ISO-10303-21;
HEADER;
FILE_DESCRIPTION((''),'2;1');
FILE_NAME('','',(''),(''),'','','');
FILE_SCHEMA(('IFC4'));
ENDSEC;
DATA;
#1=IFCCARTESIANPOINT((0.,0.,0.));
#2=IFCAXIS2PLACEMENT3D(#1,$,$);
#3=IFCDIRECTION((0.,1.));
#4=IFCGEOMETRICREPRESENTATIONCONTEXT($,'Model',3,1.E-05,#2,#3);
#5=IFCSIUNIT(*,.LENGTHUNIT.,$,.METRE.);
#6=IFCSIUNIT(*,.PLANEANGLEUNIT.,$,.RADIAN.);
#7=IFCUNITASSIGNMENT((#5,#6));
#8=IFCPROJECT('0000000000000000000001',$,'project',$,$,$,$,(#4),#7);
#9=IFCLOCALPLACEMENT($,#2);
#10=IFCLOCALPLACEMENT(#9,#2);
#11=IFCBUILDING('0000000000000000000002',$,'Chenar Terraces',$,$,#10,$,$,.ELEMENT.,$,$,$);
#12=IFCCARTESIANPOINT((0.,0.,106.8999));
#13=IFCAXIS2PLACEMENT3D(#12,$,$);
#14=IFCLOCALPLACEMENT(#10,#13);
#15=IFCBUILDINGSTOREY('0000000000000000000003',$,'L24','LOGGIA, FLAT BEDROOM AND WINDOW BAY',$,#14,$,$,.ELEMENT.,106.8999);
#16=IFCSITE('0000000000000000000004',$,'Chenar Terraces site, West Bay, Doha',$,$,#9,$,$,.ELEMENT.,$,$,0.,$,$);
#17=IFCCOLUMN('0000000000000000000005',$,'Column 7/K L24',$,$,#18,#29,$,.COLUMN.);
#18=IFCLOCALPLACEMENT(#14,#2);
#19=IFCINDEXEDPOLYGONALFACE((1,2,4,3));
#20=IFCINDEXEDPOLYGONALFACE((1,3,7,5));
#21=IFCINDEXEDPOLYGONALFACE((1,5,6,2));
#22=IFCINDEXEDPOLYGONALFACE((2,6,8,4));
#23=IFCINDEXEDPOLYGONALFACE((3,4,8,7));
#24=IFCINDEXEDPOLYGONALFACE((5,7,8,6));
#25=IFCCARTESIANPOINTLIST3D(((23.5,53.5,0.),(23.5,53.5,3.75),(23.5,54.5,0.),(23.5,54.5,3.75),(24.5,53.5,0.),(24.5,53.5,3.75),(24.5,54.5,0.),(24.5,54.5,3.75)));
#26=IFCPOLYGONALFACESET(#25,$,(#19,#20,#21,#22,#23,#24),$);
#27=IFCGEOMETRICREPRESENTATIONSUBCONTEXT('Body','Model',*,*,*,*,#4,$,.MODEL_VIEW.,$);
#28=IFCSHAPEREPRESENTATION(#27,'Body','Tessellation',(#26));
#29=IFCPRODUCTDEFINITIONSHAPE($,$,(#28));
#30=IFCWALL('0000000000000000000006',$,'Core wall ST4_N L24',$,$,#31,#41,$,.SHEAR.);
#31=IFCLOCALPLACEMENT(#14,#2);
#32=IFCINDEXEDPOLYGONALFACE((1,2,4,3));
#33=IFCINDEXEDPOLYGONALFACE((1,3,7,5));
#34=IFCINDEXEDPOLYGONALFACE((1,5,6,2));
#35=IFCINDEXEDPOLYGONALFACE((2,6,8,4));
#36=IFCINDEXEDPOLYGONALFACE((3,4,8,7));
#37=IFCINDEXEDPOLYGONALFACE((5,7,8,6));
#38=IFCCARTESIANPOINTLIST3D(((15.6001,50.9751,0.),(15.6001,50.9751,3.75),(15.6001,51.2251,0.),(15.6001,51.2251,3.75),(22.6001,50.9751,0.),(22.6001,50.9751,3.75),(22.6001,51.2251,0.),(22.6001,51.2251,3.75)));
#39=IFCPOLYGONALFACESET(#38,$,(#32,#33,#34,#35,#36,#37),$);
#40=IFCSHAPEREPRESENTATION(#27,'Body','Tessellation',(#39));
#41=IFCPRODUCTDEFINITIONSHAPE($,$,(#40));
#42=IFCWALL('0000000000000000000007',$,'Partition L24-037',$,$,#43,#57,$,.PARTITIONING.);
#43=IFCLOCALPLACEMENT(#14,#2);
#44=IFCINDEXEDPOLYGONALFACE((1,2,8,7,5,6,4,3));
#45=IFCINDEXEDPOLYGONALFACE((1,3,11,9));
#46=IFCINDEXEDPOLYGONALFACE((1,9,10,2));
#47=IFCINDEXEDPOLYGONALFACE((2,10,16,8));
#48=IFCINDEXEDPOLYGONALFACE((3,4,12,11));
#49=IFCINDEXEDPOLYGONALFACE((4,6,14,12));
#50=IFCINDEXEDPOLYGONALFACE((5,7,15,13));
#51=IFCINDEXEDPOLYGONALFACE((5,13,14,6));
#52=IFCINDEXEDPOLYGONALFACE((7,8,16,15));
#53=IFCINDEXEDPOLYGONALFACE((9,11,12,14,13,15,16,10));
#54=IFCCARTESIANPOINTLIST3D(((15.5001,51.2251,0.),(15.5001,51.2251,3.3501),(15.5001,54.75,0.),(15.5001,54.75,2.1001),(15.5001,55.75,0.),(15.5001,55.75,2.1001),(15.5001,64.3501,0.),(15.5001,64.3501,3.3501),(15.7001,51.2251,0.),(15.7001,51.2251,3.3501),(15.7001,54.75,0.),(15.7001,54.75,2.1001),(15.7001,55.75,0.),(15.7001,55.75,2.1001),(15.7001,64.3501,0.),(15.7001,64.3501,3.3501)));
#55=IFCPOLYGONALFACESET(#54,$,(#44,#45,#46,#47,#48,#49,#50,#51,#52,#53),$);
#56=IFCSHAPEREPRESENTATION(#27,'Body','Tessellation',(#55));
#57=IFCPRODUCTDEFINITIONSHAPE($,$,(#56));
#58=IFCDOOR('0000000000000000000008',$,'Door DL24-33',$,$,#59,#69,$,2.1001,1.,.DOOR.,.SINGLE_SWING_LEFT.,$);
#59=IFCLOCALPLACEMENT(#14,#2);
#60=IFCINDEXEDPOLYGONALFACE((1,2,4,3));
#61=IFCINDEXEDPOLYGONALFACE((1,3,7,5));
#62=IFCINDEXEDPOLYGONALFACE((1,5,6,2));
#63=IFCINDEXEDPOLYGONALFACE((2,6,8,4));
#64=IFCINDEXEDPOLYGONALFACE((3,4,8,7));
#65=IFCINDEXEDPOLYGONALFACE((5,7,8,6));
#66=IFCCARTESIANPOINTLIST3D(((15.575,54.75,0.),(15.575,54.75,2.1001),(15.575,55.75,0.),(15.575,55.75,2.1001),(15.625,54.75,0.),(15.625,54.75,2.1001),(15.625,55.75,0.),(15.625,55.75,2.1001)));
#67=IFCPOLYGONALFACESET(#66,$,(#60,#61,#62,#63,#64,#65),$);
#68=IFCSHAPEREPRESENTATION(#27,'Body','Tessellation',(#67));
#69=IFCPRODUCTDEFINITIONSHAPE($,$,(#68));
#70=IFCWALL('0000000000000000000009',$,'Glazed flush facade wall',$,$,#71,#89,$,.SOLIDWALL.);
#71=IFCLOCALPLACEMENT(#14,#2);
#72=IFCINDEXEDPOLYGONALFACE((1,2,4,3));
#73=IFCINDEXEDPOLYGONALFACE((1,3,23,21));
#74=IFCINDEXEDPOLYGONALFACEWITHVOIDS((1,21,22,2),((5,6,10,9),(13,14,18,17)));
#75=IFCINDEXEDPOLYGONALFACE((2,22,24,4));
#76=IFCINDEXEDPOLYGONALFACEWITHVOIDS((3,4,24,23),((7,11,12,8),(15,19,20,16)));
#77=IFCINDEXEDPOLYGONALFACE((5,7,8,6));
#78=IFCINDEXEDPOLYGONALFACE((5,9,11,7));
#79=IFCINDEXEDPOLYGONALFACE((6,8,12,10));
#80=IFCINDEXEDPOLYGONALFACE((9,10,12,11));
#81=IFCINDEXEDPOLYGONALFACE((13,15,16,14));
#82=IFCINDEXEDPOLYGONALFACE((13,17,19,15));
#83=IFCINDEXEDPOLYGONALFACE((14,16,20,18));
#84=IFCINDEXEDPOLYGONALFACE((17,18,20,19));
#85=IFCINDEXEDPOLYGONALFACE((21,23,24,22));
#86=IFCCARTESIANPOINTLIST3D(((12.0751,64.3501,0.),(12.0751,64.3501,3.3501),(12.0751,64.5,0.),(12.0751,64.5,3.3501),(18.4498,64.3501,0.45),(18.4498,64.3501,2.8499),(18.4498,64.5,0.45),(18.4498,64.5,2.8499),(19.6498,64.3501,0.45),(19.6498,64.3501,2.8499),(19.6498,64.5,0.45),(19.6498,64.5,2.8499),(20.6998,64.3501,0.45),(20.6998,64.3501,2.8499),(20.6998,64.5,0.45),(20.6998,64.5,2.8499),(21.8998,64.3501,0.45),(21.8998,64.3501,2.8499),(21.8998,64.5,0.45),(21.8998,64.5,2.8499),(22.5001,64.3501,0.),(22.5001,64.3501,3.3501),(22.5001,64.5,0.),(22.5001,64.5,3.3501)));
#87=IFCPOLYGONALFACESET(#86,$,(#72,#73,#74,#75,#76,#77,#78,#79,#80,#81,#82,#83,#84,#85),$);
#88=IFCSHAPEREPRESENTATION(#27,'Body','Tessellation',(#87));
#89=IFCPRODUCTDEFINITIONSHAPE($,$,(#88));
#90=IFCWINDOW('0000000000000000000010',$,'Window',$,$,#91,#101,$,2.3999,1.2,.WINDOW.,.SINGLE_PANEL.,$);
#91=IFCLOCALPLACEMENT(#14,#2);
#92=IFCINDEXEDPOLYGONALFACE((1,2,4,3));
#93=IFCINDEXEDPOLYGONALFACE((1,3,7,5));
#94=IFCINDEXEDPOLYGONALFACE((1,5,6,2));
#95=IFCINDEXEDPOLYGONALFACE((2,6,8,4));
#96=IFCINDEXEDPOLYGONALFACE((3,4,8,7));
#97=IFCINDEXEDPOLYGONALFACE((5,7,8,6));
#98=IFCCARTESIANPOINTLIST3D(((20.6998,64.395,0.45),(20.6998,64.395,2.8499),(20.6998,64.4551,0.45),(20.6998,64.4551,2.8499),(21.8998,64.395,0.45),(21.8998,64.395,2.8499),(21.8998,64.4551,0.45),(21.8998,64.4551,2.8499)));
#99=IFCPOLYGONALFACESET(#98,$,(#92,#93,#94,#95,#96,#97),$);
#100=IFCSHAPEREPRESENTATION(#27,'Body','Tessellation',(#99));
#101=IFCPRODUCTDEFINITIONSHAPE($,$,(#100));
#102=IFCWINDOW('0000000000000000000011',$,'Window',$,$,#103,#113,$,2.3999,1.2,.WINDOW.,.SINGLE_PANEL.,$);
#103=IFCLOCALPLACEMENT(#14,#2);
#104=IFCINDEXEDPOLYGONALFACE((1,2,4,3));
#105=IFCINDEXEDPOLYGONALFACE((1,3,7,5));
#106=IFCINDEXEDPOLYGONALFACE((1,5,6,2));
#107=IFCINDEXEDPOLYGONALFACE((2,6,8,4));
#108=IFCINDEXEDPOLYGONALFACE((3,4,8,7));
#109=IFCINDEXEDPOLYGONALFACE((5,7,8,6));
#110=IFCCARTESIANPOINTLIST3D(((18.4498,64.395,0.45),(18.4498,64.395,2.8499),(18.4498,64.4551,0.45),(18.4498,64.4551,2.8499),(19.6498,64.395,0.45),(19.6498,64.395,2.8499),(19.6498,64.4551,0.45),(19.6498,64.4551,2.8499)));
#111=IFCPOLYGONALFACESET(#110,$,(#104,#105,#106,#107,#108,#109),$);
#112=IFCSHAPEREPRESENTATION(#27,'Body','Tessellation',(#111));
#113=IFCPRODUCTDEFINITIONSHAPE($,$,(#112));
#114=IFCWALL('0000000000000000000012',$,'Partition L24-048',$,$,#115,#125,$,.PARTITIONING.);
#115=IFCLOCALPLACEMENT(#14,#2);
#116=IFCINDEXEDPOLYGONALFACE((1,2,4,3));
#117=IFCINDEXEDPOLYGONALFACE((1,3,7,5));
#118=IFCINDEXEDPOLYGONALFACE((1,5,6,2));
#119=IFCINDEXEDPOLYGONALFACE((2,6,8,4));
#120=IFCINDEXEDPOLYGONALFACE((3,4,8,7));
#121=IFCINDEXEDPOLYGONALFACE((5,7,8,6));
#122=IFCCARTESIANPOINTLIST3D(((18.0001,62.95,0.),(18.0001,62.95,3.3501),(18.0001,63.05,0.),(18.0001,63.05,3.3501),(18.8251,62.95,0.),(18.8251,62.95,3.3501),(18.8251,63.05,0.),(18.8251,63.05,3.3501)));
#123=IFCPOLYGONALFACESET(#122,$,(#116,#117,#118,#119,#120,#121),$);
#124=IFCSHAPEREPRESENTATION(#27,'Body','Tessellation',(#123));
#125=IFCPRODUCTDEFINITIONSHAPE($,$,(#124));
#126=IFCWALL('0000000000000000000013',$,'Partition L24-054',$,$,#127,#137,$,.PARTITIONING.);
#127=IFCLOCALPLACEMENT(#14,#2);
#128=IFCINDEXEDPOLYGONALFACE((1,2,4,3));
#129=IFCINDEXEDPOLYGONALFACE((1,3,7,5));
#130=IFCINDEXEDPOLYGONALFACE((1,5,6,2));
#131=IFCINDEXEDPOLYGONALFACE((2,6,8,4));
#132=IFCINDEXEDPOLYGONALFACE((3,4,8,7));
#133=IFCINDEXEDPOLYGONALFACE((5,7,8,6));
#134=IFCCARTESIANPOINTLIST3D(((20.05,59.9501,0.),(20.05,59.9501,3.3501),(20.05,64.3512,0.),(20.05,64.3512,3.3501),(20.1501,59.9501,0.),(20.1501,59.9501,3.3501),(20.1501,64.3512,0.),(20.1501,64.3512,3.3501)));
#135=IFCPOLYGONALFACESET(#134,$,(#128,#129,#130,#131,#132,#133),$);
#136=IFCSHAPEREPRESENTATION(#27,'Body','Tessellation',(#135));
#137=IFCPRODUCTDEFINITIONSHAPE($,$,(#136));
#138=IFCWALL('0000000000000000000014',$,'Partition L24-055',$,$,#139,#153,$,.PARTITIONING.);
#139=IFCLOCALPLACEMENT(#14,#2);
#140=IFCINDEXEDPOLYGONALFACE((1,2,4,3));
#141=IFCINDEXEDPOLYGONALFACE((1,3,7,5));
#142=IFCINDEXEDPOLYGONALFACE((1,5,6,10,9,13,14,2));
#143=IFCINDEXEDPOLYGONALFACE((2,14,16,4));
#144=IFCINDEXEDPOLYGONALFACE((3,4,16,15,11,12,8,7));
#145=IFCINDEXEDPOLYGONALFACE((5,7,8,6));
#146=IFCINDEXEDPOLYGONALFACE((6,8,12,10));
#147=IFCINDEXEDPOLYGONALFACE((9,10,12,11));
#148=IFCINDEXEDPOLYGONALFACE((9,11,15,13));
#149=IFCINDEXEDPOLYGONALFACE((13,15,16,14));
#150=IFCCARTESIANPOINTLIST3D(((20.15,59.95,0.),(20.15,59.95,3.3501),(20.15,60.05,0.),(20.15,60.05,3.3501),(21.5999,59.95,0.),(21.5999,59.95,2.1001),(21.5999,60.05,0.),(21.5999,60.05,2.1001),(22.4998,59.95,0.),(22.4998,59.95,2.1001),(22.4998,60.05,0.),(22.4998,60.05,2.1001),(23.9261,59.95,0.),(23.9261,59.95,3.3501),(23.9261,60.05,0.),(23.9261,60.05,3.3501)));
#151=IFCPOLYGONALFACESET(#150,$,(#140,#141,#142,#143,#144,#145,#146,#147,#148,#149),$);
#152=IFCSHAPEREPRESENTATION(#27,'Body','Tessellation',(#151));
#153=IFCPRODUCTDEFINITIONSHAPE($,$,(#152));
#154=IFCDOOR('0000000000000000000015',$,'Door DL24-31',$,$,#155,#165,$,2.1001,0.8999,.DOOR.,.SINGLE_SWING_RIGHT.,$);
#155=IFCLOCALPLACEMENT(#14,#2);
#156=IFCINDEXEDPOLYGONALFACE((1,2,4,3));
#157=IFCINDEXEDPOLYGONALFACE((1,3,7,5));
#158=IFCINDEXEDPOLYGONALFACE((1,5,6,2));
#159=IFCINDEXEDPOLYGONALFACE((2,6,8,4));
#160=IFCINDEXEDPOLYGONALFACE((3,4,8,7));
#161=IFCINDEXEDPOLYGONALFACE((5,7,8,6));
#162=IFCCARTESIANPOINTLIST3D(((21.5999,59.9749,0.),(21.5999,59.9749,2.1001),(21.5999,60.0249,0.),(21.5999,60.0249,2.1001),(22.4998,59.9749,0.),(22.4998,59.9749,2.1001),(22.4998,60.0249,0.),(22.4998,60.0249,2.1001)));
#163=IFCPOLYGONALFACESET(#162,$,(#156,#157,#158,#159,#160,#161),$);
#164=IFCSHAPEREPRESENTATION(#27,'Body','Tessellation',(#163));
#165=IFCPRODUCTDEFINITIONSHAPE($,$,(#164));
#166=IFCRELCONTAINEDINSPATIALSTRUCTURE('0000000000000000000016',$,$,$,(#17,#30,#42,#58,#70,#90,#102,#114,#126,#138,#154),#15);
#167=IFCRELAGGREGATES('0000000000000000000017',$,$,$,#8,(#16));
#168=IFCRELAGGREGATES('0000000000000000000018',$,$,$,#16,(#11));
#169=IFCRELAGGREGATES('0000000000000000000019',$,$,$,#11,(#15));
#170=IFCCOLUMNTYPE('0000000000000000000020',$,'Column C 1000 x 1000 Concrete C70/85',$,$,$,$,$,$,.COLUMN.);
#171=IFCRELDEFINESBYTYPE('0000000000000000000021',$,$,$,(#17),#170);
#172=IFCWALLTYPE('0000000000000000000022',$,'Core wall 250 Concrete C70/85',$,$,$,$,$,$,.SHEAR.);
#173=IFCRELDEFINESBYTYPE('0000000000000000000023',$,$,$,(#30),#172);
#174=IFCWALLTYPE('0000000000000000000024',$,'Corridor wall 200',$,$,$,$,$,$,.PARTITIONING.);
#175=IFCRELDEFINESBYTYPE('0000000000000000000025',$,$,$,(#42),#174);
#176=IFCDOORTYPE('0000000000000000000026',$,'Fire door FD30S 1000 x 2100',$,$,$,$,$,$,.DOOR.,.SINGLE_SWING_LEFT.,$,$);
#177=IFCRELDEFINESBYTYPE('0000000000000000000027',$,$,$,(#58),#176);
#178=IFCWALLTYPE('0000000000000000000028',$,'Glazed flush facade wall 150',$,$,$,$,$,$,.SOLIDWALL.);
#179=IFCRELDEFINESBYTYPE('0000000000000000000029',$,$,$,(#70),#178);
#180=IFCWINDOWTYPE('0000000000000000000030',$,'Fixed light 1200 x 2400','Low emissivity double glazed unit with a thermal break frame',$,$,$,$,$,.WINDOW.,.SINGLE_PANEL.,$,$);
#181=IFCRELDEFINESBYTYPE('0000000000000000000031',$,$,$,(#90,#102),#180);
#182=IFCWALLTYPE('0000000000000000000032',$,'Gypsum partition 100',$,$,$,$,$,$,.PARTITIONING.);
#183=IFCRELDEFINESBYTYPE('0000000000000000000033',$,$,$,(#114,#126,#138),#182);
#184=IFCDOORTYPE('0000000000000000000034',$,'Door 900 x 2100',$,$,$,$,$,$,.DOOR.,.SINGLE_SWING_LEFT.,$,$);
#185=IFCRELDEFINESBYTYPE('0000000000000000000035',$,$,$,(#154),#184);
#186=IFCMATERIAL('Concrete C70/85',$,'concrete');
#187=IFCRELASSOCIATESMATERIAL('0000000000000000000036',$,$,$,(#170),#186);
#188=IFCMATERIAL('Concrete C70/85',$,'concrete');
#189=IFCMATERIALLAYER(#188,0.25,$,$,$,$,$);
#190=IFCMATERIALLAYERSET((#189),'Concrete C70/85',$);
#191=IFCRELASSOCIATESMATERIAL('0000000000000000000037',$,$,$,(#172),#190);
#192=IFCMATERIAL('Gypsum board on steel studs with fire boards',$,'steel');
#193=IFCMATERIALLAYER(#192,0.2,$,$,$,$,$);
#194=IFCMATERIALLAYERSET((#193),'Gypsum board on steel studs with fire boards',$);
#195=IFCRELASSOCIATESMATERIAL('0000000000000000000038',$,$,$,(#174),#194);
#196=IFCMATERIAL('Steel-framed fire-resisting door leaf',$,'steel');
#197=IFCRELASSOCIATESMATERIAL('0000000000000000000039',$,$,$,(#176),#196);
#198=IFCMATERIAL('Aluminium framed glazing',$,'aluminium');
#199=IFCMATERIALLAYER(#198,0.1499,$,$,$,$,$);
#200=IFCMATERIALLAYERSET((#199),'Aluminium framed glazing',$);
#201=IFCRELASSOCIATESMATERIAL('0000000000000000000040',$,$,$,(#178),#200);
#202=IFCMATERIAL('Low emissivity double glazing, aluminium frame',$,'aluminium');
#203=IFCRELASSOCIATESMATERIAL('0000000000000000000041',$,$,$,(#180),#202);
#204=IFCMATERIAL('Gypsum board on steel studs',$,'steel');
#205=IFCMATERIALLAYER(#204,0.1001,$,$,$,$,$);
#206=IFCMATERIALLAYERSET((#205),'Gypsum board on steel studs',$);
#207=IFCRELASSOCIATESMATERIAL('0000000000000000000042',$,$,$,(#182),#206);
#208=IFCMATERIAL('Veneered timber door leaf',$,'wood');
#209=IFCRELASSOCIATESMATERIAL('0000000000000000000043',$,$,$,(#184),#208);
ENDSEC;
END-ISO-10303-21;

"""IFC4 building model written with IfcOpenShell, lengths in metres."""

from ifc_helpers import new_model, si_unit, direction, frame, frame_2d, origin, origin_2d, place, context, subcontext, project, spatial, rectangle, extrude, material, layer, layer_set, material_profile, profile_set, type_object, element, fill, save


model = new_model("IFC4")

# Units and contexts
model_context = context("Model", 3, precision=1e-05, world=origin(), true_north=direction((0.0, 1.0)))
body_context = subcontext(model_context, "Body", "Model", "MODEL_VIEW")
ifc_project = project(units=[si_unit("LENGTHUNIT", "METRE"), si_unit("PLANEANGLEUNIT", "RADIAN")], contexts=[model_context])

# Site, building, storey
site_placement = place(None, origin())
site = spatial("IfcSite", under=ifc_project, at=site_placement, Name="Chenar Terraces site, West Bay, Doha", CompositionType="ELEMENT", RefElevation=0.0)
building_placement = place(site_placement, origin())
building = spatial("IfcBuilding", under=site, at=building_placement, Name="Chenar Terraces", CompositionType="ELEMENT")
storey_placement = place(building_placement, frame((0.0, 0.0, 106.8999)))
storey = spatial("IfcBuildingStorey", under=building, at=storey_placement, Name="L24", Description="LOGGIA, FLAT BEDROOM AND WINDOW BAY", CompositionType="ELEMENT", Elevation=106.8999)

# Column
ifc_material_1 = material(Name="Concrete C70/85", Category="concrete")
ifc_material_profile_1 = material_profile(ifc_material_1, rectangle(XDim=1.0, YDim=1.0, at=origin_2d()), Name="C 1000 x 1000")
ifc_profile_set_1 = profile_set([ifc_material_profile_1], Name="Concrete C70/85")
column_type = type_object("IfcColumnType", Name="Column C 1000 x 1000 Concrete C70/85", PredefinedType="COLUMN", material=ifc_profile_set_1)
column_placement = place(storey_placement, frame((24.0, 54.0, 0.0), z_axis=(0.0, 0.0, 1.0), x_axis=(1.0, 0.0, 0.0)))
element("IfcColumn", 1, at=column_placement, inside=storey, type_object=column_type, Name="Column 7/K L24", PredefinedType="COLUMN", context=body_context, shape_type="SweptSolid", body=[
    extrude(rectangle(XDim=1.0, YDim=1.0, at=origin_2d()), origin(), (0.0, 0.0, 1.0), 3.75),
])

# Wall
ifc_material_2 = material(Name="Concrete C70/85", Category="concrete")
ifc_layer_1 = layer(ifc_material_2, 0.25)
ifc_layer_set_1 = layer_set([ifc_layer_1], Name="Concrete C70/85")
wall_type_1 = type_object("IfcWallType", Name="Core wall 250 Concrete C70/85", PredefinedType="SHEAR", material=ifc_layer_set_1)
wall_1_placement = place(storey_placement, frame((15.6001, 51.1001, 0.0), z_axis=(0.0, 0.0, 1.0), x_axis=(1.0, 0.0, 0.0)))
element("IfcWall", 2, at=wall_1_placement, inside=storey, type_object=wall_type_1, Name="Core wall ST4_N L24", PredefinedType="SHEAR", context=body_context, shape_type="SweptSolid", body=[
    extrude(rectangle(XDim=7.0, YDim=0.25, at=frame_2d((3.5, 0.0))), origin(), (0.0, 0.0, 1.0), 3.75),
])

# Wall, opening, door
ifc_material_3 = material(Name="Gypsum board on steel studs with fire boards", Category="steel")
ifc_layer_2 = layer(ifc_material_3, 0.2)
ifc_layer_set_2 = layer_set([ifc_layer_2], Name="Gypsum board on steel studs with fire boards")
wall_type_2 = type_object("IfcWallType", Name="Corridor wall 200", PredefinedType="PARTITIONING", material=ifc_layer_set_2)
wall_2_placement = place(storey_placement, frame((15.6001, 51.2251, 0.0), z_axis=(0.0, 0.0, 1.0), x_axis=(0.0, 1.0, 0.0)))
wall_2 = element("IfcWall", 3, at=wall_2_placement, inside=storey, type_object=wall_type_2, Name="Partition L24-037", PredefinedType="PARTITIONING", context=body_context, shape_type="SweptSolid", body=[
    extrude(rectangle(XDim=13.125, YDim=0.2, at=frame_2d((6.5625, 0.0))), origin(), (0.0, 0.0, 1.0), 3.3501),
])
opening_1_placement = place(wall_2_placement, frame((3.5249, 0.0, 0.0)))
opening_1 = element("IfcOpeningElement", 4, at=opening_1_placement, cuts=wall_2, PredefinedType="OPENING", context=body_context, shape_type="SweptSolid", body=[
    extrude(rectangle(XDim=1.0, YDim=2.1001, at=frame_2d((0.5, 1.05))), frame((0.0, 0.1099, 0.0), z_axis=(0.0, -1.0, 0.0), x_axis=(1.0, 0.0, 0.0)), (0.0, 0.0, 1.0), 0.22),
])
ifc_material_4 = material(Name="Steel-framed fire-resisting door leaf", Category="steel")
door_type_1 = type_object("IfcDoorType", Name="Fire door FD30S 1000 x 2100", OperationType="SINGLE_SWING_LEFT", PredefinedType="DOOR", material=ifc_material_4)
door_1_placement = place(opening_1_placement, frame((1.0, 0.0, 0.0), z_axis=(0.0, 0.0, 1.0), x_axis=(-1.0, 0.0, 0.0)))
door_1 = element("IfcDoor", 5, at=door_1_placement, inside=storey, type_object=door_type_1, Name="Door DL24-33", OperationType="SINGLE_SWING_LEFT", OverallHeight=2.1001, OverallWidth=1.0, PredefinedType="DOOR", context=body_context, shape_type="SweptSolid", body=[
    extrude(rectangle(XDim=1.0, YDim=2.1001, at=frame_2d((0.5, 1.05))), frame((0.0, 0.0249, 0.0), z_axis=(0.0, -1.0, 0.0), x_axis=(1.0, 0.0, 0.0)), (0.0, 0.0, 1.0), 0.05),
])
fill(opening_1, door_1)

# Wall, openings, windows
ifc_material_5 = material(Name="Aluminium framed glazing", Category="aluminium")
ifc_layer_3 = layer(ifc_material_5, 0.1499)
ifc_layer_set_3 = layer_set([ifc_layer_3], Name="Aluminium framed glazing")
wall_type_3 = type_object("IfcWallType", Name="Glazed flush facade wall 150", PredefinedType="SOLIDWALL", material=ifc_layer_set_3)
wall_3_placement = place(storey_placement, frame((22.5, 64.425, 0.0), z_axis=(0.0, 0.0, 1.0), x_axis=(-1.0, 0.0, 0.0)))
wall_3 = element("IfcWall", 6, at=wall_3_placement, inside=storey, type_object=wall_type_3, Name="Glazed flush facade wall", PredefinedType="SOLIDWALL", context=body_context, shape_type="SweptSolid", body=[
    extrude(rectangle(XDim=10.425, YDim=0.1499, at=frame_2d((5.2124, 0.0))), origin(), (0.0, 0.0, 1.0), 3.3501),
])
opening_2_placement = place(wall_3_placement, frame((0.6001, 0.0, 0.45)))
opening_2 = element("IfcOpeningElement", 7, at=opening_2_placement, cuts=wall_3, PredefinedType="OPENING", context=body_context, shape_type="SweptSolid", body=[
    extrude(rectangle(XDim=1.2, YDim=2.3999, at=frame_2d((0.6001, 1.2))), frame((0.0, 0.085, 0.0), z_axis=(0.0, -1.0, 0.0), x_axis=(1.0, 0.0, 0.0)), (0.0, 0.0, 1.0), 0.1699),
])
opening_3_placement = place(wall_3_placement, frame((2.8501, 0.0, 0.45)))
opening_3 = element("IfcOpeningElement", 8, at=opening_3_placement, cuts=wall_3, PredefinedType="OPENING", context=body_context, shape_type="SweptSolid", body=[
    extrude(rectangle(XDim=1.2, YDim=2.3999, at=frame_2d((0.6001, 1.2))), frame((0.0, 0.085, 0.0), z_axis=(0.0, -1.0, 0.0), x_axis=(1.0, 0.0, 0.0)), (0.0, 0.0, 1.0), 0.1699),
])
ifc_material_6 = material(Name="Low emissivity double glazing, aluminium frame", Category="aluminium")
window_type_1 = type_object("IfcWindowType", Name="Fixed light 1200 x 2400", Description="Low emissivity double glazed unit with a thermal break frame", PartitioningType="SINGLE_PANEL", PredefinedType="WINDOW", material=ifc_material_6)
window_1_placement = place(opening_2_placement, origin())
window_1 = element("IfcWindow", 9, at=window_1_placement, inside=storey, type_object=window_type_1, Name="Window", OverallHeight=2.3999, OverallWidth=1.2, PartitioningType="SINGLE_PANEL", PredefinedType="WINDOW", context=body_context, shape_type="SweptSolid", body=[
    extrude(rectangle(XDim=1.2, YDim=2.3999, at=frame_2d((0.6001, 1.2))), frame((0.0, 0.03, 0.0), z_axis=(0.0, -1.0, 0.0), x_axis=(1.0, 0.0, 0.0)), (0.0, 0.0, 1.0), 0.0601),
])
fill(opening_2, window_1)
window_2_placement = place(opening_3_placement, origin())
window_2 = element("IfcWindow", 10, at=window_2_placement, inside=storey, type_object=window_type_1, Name="Window", OverallHeight=2.3999, OverallWidth=1.2, PartitioningType="SINGLE_PANEL", PredefinedType="WINDOW", context=body_context, shape_type="SweptSolid", body=[
    extrude(rectangle(XDim=1.2, YDim=2.3999, at=frame_2d((0.6001, 1.2))), frame((0.0, 0.03, 0.0), z_axis=(0.0, -1.0, 0.0), x_axis=(1.0, 0.0, 0.0)), (0.0, 0.0, 1.0), 0.0601),
])
fill(opening_3, window_2)

# Walls
ifc_material_7 = material(Name="Gypsum board on steel studs", Category="steel")
ifc_layer_4 = layer(ifc_material_7, 0.1001)
ifc_layer_set_4 = layer_set([ifc_layer_4], Name="Gypsum board on steel studs")
wall_type_4 = type_object("IfcWallType", Name="Gypsum partition 100", PredefinedType="PARTITIONING", material=ifc_layer_set_4)
wall_4_placement = place(storey_placement, frame((18.0, 63.0, 0.0), z_axis=(0.0, 0.0, 1.0), x_axis=(1.0, 0.0, 0.0)))
element("IfcWall", 11, at=wall_4_placement, inside=storey, type_object=wall_type_4, Name="Partition L24-048", PredefinedType="PARTITIONING", context=body_context, shape_type="SweptSolid", body=[
    extrude(rectangle(XDim=0.825, YDim=0.1001, at=frame_2d((0.4126, 0.0))), origin(), (0.0, 0.0, 1.0), 3.3501),
])
wall_5_placement = place(storey_placement, frame((20.1001, 59.95, 0.0), z_axis=(0.0, 0.0, 1.0), x_axis=(0.0, 1.0, 0.0)))
element("IfcWall", 12, at=wall_5_placement, inside=storey, type_object=wall_type_4, Name="Partition L24-054", PredefinedType="PARTITIONING", context=body_context, shape_type="SweptSolid", body=[
    extrude(rectangle(XDim=4.4011, YDim=0.1001, at=frame_2d((2.2007, 0.0))), origin(), (0.0, 0.0, 1.0), 3.3501),
])

# Wall, opening, door
wall_6_placement = place(storey_placement, frame((20.1499, 60.0, 0.0), z_axis=(0.0, 0.0, 1.0), x_axis=(1.0, 0.0, 0.0)))
wall_6 = element("IfcWall", 13, at=wall_6_placement, inside=storey, type_object=wall_type_4, Name="Partition L24-055", PredefinedType="PARTITIONING", context=body_context, shape_type="SweptSolid", body=[
    extrude(rectangle(XDim=3.7761, YDim=0.1001, at=frame_2d((1.8882, 0.0))), origin(), (0.0, 0.0, 1.0), 3.3501),
])
opening_4_placement = place(wall_6_placement, frame((1.45, 0.0, 0.0)))
opening_4 = element("IfcOpeningElement", 14, at=opening_4_placement, cuts=wall_6, PredefinedType="OPENING", context=body_context, shape_type="SweptSolid", body=[
    extrude(rectangle(XDim=0.8999, YDim=2.1001, at=frame_2d((0.45, 1.05))), frame((0.0, 0.0601, 0.0), z_axis=(0.0, -1.0, 0.0), x_axis=(1.0, 0.0, 0.0)), (0.0, 0.0, 1.0), 0.1201),
])
ifc_material_8 = material(Name="Veneered timber door leaf", Category="wood")
door_type_2 = type_object("IfcDoorType", Name="Door 900 x 2100", OperationType="SINGLE_SWING_LEFT", PredefinedType="DOOR", material=ifc_material_8)
door_2_placement = place(opening_4_placement, origin())
door_2 = element("IfcDoor", 15, at=door_2_placement, inside=storey, type_object=door_type_2, Name="Door DL24-31", OperationType="SINGLE_SWING_RIGHT", OverallHeight=2.1001, OverallWidth=0.8999, PredefinedType="DOOR", context=body_context, shape_type="SweptSolid", body=[
    extrude(rectangle(XDim=0.8999, YDim=2.1001, at=frame_2d((0.45, 1.05))), frame((0.0, 0.0249, 0.0), z_axis=(0.0, -1.0, 0.0), x_axis=(1.0, 0.0, 0.0)), (0.0, 0.0, 1.0), 0.05),
])
fill(opening_4, door_2)

save(model, "model.ifc")
